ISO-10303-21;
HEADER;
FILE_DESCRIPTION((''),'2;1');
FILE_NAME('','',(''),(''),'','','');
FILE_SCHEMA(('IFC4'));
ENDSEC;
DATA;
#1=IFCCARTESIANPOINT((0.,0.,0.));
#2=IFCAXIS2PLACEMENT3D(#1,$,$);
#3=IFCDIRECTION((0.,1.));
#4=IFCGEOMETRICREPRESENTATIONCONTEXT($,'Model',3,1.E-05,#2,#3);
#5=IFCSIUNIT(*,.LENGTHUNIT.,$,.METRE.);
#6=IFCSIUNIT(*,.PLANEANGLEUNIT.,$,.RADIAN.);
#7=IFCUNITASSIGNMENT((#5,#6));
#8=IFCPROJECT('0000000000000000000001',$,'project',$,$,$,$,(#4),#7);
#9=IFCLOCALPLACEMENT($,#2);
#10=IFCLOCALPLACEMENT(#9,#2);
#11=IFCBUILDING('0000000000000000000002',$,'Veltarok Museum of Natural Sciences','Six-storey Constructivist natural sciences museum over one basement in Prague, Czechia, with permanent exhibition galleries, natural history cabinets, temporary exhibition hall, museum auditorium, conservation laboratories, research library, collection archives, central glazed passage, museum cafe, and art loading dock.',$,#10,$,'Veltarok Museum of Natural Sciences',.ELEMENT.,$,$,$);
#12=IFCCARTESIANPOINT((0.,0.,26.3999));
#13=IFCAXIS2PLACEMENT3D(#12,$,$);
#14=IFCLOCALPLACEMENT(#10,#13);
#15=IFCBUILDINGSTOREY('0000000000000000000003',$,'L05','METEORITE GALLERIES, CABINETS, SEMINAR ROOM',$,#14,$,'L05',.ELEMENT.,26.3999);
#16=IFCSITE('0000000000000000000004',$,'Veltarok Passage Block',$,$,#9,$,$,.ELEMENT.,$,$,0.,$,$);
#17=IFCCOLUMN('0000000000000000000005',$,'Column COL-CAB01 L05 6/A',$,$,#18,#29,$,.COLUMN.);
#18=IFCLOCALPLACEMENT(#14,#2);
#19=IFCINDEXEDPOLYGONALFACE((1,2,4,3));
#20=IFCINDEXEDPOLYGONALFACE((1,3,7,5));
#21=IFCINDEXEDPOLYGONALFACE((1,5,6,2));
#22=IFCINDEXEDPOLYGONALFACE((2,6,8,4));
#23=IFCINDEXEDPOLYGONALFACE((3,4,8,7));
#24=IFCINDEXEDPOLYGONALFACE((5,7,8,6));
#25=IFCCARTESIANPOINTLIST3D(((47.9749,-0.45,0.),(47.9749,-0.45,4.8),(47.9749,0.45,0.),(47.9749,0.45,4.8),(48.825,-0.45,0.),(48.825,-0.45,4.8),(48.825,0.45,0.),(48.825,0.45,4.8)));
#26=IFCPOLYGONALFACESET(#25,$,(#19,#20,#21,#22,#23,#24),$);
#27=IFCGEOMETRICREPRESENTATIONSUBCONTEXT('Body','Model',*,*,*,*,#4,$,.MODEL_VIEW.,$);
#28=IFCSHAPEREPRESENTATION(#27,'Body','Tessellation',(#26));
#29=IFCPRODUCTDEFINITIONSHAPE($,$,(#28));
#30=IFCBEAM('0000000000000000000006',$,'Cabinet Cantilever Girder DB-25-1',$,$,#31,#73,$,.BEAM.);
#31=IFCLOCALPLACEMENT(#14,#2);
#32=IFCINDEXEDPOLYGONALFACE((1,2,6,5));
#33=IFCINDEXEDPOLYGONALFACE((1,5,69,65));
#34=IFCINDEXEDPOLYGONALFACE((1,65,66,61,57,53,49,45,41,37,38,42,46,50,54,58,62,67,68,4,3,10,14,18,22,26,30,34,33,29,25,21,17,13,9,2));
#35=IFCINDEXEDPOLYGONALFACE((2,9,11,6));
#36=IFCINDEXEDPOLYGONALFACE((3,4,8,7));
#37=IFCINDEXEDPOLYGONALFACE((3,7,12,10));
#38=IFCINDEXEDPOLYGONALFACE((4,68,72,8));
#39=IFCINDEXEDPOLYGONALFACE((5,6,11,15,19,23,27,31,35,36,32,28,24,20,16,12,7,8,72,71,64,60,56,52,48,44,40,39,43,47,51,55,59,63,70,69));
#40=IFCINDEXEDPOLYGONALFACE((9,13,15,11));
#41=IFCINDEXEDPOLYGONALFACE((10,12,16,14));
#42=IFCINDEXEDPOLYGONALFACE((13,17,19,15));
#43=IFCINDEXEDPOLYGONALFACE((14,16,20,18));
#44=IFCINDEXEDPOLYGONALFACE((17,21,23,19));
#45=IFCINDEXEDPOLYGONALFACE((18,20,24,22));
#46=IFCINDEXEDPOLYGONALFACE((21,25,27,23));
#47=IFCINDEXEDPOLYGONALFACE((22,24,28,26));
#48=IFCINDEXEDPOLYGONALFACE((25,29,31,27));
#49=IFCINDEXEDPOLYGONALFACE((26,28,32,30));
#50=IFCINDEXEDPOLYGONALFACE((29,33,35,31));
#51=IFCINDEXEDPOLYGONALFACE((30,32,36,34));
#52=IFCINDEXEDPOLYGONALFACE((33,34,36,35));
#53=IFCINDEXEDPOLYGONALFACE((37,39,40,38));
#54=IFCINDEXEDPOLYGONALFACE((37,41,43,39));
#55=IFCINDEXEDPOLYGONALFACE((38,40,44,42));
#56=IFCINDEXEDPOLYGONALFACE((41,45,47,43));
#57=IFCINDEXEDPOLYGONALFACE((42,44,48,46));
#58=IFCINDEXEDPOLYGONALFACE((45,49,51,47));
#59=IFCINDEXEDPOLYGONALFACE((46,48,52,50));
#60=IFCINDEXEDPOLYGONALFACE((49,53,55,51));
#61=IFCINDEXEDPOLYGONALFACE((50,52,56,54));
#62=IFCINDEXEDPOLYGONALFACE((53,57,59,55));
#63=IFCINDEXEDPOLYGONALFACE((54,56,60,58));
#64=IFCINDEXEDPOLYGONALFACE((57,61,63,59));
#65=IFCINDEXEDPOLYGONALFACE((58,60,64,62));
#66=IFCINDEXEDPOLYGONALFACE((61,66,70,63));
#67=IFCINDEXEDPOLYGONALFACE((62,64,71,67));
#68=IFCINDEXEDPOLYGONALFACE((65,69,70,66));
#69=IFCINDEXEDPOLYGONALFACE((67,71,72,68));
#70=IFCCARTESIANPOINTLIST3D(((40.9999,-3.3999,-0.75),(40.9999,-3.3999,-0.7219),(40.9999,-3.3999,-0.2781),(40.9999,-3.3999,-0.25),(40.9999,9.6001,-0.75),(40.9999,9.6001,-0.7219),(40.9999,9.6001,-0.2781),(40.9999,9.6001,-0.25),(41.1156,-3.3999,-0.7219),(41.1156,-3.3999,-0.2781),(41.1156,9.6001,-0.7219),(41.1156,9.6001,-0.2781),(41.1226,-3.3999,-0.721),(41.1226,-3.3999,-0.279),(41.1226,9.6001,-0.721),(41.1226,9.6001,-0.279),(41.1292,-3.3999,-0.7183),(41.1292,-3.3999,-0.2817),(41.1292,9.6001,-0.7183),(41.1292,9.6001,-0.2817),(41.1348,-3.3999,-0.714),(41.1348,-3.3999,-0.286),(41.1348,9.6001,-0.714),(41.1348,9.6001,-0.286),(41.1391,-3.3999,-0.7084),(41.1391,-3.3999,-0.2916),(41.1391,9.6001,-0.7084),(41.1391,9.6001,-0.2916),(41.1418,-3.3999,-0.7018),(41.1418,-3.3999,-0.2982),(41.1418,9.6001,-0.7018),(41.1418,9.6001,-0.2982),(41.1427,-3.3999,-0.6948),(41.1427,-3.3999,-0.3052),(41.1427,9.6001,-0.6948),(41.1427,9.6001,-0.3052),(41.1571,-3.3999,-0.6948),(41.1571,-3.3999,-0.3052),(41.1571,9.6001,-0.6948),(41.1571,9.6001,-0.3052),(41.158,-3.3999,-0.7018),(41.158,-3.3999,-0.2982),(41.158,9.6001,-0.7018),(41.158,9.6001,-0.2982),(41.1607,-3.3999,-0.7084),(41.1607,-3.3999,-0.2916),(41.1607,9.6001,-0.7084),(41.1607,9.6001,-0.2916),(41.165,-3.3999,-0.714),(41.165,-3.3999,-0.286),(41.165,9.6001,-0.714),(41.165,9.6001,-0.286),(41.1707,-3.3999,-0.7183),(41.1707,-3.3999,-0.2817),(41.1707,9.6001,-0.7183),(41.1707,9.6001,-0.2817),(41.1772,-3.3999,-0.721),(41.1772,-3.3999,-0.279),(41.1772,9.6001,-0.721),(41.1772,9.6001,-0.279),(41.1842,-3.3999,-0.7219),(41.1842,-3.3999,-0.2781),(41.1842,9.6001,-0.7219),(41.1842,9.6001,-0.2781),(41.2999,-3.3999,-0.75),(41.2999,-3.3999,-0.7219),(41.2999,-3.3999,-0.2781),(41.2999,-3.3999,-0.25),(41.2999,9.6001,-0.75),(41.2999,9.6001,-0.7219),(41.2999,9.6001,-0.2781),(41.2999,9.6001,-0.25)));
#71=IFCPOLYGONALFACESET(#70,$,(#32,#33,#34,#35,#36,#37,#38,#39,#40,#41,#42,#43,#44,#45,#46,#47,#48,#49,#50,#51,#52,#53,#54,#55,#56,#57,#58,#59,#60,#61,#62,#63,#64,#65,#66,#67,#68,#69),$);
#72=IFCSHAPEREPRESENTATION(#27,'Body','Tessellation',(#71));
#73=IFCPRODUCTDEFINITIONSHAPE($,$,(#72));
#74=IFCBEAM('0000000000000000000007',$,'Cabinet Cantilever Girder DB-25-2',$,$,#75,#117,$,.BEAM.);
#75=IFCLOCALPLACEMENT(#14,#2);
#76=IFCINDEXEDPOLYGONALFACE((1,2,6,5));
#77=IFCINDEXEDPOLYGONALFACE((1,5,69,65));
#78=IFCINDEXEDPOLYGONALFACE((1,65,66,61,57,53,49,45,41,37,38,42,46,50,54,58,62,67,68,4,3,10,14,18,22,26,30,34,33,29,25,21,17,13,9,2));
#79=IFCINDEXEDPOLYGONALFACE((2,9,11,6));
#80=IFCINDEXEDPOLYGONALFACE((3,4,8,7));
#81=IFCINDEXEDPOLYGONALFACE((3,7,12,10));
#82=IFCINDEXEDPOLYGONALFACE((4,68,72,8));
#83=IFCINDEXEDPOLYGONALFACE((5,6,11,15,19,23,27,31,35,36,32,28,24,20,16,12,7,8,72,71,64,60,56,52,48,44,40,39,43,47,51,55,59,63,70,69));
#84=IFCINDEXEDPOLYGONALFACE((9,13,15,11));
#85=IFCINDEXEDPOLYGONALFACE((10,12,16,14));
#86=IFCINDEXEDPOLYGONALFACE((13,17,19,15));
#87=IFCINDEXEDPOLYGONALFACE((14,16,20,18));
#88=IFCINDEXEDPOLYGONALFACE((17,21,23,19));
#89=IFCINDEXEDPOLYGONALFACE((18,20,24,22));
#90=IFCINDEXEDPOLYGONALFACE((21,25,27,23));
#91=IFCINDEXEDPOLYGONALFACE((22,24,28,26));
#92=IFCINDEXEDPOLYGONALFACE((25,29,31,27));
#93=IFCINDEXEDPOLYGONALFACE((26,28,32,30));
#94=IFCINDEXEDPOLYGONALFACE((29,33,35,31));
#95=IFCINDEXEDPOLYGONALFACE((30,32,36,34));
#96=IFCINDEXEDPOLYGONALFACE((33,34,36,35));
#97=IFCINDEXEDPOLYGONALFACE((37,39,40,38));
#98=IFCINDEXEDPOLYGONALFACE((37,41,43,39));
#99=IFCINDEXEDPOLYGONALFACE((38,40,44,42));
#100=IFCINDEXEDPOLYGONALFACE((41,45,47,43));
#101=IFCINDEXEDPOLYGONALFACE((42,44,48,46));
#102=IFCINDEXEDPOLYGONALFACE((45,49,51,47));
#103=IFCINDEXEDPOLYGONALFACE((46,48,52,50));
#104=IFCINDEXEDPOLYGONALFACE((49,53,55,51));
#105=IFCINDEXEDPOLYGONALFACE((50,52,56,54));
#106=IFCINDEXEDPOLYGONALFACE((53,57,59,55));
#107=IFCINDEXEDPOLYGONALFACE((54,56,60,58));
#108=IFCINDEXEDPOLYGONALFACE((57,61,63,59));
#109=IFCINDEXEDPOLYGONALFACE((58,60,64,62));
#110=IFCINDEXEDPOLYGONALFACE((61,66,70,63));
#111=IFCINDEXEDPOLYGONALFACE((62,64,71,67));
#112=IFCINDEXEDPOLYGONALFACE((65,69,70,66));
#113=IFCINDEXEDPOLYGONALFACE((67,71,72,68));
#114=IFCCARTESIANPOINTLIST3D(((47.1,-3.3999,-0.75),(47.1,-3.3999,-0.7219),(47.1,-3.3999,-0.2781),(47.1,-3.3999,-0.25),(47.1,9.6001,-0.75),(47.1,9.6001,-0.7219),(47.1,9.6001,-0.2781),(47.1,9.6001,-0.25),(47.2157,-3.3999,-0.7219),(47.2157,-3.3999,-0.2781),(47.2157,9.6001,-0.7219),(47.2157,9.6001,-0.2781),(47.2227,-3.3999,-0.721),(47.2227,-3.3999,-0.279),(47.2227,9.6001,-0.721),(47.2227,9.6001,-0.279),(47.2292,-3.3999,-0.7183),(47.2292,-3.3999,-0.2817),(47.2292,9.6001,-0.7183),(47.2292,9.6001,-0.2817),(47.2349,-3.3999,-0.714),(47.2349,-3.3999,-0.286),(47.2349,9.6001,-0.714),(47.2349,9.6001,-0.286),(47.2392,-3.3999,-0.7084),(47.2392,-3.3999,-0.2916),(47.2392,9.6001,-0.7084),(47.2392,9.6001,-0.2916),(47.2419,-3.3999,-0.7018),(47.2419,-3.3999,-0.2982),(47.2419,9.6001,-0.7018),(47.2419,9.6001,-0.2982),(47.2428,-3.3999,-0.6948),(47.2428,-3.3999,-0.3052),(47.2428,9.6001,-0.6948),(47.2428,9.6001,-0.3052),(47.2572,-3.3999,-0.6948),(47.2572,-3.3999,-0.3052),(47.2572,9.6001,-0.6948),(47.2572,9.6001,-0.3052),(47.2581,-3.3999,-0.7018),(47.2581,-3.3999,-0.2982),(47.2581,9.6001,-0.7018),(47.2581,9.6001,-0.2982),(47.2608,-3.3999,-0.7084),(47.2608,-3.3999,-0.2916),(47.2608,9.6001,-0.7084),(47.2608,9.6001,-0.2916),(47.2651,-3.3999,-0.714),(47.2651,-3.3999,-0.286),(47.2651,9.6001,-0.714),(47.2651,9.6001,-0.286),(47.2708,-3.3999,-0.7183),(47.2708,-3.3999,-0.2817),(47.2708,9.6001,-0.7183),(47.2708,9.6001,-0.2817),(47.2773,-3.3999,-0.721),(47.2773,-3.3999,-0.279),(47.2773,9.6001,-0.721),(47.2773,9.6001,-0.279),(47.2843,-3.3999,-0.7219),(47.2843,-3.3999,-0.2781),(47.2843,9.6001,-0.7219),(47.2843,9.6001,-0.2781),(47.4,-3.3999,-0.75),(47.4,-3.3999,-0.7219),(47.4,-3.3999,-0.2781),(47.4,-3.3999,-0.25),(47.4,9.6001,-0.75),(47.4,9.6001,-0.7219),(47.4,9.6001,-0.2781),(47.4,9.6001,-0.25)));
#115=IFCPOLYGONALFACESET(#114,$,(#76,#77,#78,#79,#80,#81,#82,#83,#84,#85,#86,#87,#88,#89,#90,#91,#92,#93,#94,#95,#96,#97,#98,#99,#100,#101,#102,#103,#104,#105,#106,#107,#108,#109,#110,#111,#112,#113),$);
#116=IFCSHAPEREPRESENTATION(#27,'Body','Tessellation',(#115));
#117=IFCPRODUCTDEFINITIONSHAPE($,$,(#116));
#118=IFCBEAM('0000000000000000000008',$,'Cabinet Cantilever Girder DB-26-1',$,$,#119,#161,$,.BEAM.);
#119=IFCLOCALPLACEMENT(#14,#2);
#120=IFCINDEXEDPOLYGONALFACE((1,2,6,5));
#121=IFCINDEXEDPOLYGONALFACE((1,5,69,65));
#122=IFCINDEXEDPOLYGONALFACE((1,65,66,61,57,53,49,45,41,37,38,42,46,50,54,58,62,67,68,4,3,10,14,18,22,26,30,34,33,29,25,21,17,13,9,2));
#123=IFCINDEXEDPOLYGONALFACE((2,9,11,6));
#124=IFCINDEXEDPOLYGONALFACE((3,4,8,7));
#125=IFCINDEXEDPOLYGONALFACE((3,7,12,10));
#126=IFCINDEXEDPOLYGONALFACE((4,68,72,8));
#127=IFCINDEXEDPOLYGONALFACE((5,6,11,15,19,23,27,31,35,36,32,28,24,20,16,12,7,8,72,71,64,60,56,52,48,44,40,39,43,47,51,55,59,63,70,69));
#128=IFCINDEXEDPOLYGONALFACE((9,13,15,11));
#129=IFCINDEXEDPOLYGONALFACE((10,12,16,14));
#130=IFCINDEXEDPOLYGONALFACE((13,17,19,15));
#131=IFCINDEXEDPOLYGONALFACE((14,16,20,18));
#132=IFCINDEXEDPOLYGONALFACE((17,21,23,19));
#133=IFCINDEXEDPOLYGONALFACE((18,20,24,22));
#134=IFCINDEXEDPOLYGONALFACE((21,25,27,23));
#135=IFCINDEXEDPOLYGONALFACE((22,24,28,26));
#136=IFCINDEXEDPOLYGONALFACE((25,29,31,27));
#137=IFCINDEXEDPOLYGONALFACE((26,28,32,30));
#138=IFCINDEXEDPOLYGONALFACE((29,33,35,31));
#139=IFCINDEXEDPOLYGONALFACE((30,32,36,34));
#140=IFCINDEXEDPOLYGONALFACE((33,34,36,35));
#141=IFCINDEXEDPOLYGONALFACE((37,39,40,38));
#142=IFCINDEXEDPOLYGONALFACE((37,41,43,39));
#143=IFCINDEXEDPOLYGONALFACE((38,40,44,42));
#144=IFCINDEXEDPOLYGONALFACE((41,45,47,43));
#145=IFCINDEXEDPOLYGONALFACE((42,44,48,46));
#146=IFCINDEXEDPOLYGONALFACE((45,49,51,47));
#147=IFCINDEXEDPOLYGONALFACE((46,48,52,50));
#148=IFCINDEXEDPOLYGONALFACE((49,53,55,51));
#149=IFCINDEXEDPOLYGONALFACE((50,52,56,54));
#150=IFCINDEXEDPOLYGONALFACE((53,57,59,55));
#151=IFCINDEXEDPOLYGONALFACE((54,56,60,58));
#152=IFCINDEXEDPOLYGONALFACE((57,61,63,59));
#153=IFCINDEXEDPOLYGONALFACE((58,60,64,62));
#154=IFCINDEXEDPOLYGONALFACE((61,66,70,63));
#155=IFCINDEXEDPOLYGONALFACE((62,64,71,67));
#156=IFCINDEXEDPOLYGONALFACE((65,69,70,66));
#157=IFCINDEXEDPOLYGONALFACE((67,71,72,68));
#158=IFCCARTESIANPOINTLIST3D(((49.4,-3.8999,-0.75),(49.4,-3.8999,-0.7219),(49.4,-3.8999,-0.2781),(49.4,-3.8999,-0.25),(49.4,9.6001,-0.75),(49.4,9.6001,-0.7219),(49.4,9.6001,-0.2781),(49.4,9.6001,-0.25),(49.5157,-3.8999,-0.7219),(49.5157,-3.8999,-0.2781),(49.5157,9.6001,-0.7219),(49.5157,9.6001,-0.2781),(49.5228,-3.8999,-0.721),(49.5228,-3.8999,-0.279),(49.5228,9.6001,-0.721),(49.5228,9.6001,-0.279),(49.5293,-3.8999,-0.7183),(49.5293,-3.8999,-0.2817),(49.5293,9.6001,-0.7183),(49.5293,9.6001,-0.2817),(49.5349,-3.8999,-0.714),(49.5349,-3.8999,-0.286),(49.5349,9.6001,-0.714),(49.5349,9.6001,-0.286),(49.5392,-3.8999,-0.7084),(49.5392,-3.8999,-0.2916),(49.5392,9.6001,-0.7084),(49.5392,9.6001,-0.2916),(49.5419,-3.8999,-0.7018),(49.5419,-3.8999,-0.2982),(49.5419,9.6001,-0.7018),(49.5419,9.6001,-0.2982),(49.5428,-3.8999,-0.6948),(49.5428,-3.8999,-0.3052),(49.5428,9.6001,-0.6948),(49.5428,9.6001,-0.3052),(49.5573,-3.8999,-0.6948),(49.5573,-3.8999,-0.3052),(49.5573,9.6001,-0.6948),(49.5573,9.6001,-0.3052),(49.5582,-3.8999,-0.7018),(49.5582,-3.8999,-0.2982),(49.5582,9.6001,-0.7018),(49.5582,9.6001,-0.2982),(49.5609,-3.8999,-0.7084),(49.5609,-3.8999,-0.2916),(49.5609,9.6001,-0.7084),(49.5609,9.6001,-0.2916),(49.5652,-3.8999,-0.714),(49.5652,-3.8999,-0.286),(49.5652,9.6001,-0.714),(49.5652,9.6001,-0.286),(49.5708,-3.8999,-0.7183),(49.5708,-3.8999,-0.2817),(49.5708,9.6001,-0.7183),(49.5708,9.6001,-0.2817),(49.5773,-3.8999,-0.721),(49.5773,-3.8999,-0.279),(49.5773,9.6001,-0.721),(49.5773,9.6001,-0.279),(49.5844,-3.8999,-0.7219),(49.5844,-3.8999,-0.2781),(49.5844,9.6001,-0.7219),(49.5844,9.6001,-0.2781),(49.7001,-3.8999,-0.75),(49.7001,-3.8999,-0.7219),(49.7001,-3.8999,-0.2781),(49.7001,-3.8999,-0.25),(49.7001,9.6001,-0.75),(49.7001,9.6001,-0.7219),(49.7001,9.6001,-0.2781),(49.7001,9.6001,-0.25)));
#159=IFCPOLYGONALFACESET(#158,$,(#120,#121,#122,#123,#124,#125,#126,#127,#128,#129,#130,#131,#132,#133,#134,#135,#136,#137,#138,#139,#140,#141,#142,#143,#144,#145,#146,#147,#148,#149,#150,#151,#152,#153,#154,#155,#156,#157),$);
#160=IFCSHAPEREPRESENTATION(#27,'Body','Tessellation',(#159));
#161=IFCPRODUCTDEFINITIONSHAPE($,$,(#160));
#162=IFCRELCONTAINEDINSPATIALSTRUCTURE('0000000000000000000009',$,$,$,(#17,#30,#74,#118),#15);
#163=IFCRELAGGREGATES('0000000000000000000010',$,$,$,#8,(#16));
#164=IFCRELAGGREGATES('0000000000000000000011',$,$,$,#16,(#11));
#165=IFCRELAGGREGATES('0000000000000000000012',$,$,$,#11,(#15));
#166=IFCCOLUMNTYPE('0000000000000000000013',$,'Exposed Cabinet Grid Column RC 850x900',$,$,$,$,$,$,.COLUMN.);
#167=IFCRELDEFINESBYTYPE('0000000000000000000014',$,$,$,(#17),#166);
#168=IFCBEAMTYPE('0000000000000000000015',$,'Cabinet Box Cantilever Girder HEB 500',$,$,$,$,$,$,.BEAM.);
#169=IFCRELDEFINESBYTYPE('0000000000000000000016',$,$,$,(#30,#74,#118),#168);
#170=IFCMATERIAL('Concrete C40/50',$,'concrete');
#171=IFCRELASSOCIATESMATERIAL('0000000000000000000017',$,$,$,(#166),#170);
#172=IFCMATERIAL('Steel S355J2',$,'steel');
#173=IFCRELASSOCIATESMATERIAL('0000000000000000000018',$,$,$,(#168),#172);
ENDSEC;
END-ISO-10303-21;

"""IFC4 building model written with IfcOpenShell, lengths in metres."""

from ifc_helpers import new_model, si_unit, direction, frame, origin, origin_2d, place, context, subcontext, project, spatial, rectangle, i_section, extrude, material, material_profile, profile_set, type_object, element, save


model = new_model("IFC4")

# Units and contexts
model_context = context("Model", 3, precision=1e-05, world=origin(), true_north=direction((0.0, 1.0)))
body_context = subcontext(model_context, "Body", "Model", "MODEL_VIEW")
ifc_project = project(units=[si_unit("LENGTHUNIT", "METRE"), si_unit("PLANEANGLEUNIT", "RADIAN")], contexts=[model_context])

# Site, building, storey
site_placement = place(None, origin())
site = spatial("IfcSite", under=ifc_project, at=site_placement, Name="Veltarok Passage Block", CompositionType="ELEMENT", RefElevation=0.0)
building_placement = place(site_placement, origin())
building = spatial("IfcBuilding", under=site, at=building_placement, Name="Veltarok Museum of Natural Sciences", Description="Six-storey Constructivist natural sciences museum over one basement in Prague, Czechia, with permanent exhibition galleries, natural history cabinets, temporary exhibition hall, museum auditorium, conservation laboratories, research library, collection archives, central glazed passage, museum cafe, and art loading dock.", LongName="Veltarok Museum of Natural Sciences", CompositionType="ELEMENT")
storey_placement = place(building_placement, frame((0.0, 0.0, 26.3999)))
storey = spatial("IfcBuildingStorey", under=building, at=storey_placement, Name="L05", Description="METEORITE GALLERIES, CABINETS, SEMINAR ROOM", LongName="L05", CompositionType="ELEMENT", Elevation=26.3999)

# Column
ifc_material_1 = material(Name="Concrete C40/50", Category="concrete")
ifc_material_profile_1 = material_profile(ifc_material_1, rectangle(XDim=0.8501, YDim=0.8999, at=origin_2d()), Name="RC 850x900")
ifc_profile_set_1 = profile_set([ifc_material_profile_1], Name="Concrete C40/50")
column_type = type_object("IfcColumnType", Name="Exposed Cabinet Grid Column RC 850x900", PredefinedType="COLUMN", material=ifc_profile_set_1)
column_placement = place(storey_placement, frame((48.3999, 0.0, 0.0), z_axis=(0.0, 0.0, 1.0), x_axis=(1.0, 0.0, 0.0)))
element("IfcColumn", 1, at=column_placement, inside=storey, type_object=column_type, Name="Column COL-CAB01 L05 6/A", PredefinedType="COLUMN", context=body_context, shape_type="SweptSolid", body=[
    extrude(rectangle(XDim=0.8501, YDim=0.8999, at=origin_2d()), origin(), (0.0, 0.0, 1.0), 4.8),
])

# Beams
ifc_material_2 = material(Name="Steel S355J2", Category="steel")
ifc_material_profile_2 = material_profile(ifc_material_2, i_section(OverallWidth=0.3, OverallDepth=0.5, WebThickness=0.0144, FlangeThickness=0.0281, FilletRadius=0.0271, at=origin_2d()), Name="HEB 500")
ifc_profile_set_2 = profile_set([ifc_material_profile_2], Name="Steel S355J2")
beam_type_1 = type_object("IfcBeamType", Name="Cabinet Box Cantilever Girder HEB 500", PredefinedType="BEAM", material=ifc_profile_set_2)
for number, where, z_axis, x_axis, name in (
    (2, (41.1499, -3.3999, -0.5), (0.0, 1.0, 0.0), (-1.0, 0.0, 0.0), "Cabinet Cantilever Girder DB-25-1"),
    (3, (47.25, -3.3999, -0.5), (0.0, 1.0, 0.0), (-1.0, 0.0, 0.0), "Cabinet Cantilever Girder DB-25-2"),
):
    element("IfcBeam", number, at=place(storey_placement, frame(where, z_axis=z_axis, x_axis=x_axis)), inside=storey, type_object=beam_type_1, Name=name, PredefinedType="BEAM", context=body_context, shape_type="SweptSolid", body=[
        extrude(i_section(OverallWidth=0.3, OverallDepth=0.5, WebThickness=0.0144, FlangeThickness=0.0281, FilletRadius=0.0271, at=origin_2d()), origin(), (0.0, 0.0, 1.0), 13.0),
    ])
beam_1_placement = place(storey_placement, frame((49.55, -3.8999, -0.5), z_axis=(0.0, 1.0, 0.0), x_axis=(-1.0, 0.0, 0.0)))
element("IfcBeam", 4, at=beam_1_placement, inside=storey, type_object=beam_type_1, Name="Cabinet Cantilever Girder DB-26-1", PredefinedType="BEAM", context=body_context, shape_type="SweptSolid", body=[
    extrude(i_section(OverallWidth=0.3, OverallDepth=0.5, WebThickness=0.0144, FlangeThickness=0.0281, FilletRadius=0.0271, at=origin_2d()), origin(), (0.0, 0.0, 1.0), 13.5),
])

save(model, "model.ifc")
